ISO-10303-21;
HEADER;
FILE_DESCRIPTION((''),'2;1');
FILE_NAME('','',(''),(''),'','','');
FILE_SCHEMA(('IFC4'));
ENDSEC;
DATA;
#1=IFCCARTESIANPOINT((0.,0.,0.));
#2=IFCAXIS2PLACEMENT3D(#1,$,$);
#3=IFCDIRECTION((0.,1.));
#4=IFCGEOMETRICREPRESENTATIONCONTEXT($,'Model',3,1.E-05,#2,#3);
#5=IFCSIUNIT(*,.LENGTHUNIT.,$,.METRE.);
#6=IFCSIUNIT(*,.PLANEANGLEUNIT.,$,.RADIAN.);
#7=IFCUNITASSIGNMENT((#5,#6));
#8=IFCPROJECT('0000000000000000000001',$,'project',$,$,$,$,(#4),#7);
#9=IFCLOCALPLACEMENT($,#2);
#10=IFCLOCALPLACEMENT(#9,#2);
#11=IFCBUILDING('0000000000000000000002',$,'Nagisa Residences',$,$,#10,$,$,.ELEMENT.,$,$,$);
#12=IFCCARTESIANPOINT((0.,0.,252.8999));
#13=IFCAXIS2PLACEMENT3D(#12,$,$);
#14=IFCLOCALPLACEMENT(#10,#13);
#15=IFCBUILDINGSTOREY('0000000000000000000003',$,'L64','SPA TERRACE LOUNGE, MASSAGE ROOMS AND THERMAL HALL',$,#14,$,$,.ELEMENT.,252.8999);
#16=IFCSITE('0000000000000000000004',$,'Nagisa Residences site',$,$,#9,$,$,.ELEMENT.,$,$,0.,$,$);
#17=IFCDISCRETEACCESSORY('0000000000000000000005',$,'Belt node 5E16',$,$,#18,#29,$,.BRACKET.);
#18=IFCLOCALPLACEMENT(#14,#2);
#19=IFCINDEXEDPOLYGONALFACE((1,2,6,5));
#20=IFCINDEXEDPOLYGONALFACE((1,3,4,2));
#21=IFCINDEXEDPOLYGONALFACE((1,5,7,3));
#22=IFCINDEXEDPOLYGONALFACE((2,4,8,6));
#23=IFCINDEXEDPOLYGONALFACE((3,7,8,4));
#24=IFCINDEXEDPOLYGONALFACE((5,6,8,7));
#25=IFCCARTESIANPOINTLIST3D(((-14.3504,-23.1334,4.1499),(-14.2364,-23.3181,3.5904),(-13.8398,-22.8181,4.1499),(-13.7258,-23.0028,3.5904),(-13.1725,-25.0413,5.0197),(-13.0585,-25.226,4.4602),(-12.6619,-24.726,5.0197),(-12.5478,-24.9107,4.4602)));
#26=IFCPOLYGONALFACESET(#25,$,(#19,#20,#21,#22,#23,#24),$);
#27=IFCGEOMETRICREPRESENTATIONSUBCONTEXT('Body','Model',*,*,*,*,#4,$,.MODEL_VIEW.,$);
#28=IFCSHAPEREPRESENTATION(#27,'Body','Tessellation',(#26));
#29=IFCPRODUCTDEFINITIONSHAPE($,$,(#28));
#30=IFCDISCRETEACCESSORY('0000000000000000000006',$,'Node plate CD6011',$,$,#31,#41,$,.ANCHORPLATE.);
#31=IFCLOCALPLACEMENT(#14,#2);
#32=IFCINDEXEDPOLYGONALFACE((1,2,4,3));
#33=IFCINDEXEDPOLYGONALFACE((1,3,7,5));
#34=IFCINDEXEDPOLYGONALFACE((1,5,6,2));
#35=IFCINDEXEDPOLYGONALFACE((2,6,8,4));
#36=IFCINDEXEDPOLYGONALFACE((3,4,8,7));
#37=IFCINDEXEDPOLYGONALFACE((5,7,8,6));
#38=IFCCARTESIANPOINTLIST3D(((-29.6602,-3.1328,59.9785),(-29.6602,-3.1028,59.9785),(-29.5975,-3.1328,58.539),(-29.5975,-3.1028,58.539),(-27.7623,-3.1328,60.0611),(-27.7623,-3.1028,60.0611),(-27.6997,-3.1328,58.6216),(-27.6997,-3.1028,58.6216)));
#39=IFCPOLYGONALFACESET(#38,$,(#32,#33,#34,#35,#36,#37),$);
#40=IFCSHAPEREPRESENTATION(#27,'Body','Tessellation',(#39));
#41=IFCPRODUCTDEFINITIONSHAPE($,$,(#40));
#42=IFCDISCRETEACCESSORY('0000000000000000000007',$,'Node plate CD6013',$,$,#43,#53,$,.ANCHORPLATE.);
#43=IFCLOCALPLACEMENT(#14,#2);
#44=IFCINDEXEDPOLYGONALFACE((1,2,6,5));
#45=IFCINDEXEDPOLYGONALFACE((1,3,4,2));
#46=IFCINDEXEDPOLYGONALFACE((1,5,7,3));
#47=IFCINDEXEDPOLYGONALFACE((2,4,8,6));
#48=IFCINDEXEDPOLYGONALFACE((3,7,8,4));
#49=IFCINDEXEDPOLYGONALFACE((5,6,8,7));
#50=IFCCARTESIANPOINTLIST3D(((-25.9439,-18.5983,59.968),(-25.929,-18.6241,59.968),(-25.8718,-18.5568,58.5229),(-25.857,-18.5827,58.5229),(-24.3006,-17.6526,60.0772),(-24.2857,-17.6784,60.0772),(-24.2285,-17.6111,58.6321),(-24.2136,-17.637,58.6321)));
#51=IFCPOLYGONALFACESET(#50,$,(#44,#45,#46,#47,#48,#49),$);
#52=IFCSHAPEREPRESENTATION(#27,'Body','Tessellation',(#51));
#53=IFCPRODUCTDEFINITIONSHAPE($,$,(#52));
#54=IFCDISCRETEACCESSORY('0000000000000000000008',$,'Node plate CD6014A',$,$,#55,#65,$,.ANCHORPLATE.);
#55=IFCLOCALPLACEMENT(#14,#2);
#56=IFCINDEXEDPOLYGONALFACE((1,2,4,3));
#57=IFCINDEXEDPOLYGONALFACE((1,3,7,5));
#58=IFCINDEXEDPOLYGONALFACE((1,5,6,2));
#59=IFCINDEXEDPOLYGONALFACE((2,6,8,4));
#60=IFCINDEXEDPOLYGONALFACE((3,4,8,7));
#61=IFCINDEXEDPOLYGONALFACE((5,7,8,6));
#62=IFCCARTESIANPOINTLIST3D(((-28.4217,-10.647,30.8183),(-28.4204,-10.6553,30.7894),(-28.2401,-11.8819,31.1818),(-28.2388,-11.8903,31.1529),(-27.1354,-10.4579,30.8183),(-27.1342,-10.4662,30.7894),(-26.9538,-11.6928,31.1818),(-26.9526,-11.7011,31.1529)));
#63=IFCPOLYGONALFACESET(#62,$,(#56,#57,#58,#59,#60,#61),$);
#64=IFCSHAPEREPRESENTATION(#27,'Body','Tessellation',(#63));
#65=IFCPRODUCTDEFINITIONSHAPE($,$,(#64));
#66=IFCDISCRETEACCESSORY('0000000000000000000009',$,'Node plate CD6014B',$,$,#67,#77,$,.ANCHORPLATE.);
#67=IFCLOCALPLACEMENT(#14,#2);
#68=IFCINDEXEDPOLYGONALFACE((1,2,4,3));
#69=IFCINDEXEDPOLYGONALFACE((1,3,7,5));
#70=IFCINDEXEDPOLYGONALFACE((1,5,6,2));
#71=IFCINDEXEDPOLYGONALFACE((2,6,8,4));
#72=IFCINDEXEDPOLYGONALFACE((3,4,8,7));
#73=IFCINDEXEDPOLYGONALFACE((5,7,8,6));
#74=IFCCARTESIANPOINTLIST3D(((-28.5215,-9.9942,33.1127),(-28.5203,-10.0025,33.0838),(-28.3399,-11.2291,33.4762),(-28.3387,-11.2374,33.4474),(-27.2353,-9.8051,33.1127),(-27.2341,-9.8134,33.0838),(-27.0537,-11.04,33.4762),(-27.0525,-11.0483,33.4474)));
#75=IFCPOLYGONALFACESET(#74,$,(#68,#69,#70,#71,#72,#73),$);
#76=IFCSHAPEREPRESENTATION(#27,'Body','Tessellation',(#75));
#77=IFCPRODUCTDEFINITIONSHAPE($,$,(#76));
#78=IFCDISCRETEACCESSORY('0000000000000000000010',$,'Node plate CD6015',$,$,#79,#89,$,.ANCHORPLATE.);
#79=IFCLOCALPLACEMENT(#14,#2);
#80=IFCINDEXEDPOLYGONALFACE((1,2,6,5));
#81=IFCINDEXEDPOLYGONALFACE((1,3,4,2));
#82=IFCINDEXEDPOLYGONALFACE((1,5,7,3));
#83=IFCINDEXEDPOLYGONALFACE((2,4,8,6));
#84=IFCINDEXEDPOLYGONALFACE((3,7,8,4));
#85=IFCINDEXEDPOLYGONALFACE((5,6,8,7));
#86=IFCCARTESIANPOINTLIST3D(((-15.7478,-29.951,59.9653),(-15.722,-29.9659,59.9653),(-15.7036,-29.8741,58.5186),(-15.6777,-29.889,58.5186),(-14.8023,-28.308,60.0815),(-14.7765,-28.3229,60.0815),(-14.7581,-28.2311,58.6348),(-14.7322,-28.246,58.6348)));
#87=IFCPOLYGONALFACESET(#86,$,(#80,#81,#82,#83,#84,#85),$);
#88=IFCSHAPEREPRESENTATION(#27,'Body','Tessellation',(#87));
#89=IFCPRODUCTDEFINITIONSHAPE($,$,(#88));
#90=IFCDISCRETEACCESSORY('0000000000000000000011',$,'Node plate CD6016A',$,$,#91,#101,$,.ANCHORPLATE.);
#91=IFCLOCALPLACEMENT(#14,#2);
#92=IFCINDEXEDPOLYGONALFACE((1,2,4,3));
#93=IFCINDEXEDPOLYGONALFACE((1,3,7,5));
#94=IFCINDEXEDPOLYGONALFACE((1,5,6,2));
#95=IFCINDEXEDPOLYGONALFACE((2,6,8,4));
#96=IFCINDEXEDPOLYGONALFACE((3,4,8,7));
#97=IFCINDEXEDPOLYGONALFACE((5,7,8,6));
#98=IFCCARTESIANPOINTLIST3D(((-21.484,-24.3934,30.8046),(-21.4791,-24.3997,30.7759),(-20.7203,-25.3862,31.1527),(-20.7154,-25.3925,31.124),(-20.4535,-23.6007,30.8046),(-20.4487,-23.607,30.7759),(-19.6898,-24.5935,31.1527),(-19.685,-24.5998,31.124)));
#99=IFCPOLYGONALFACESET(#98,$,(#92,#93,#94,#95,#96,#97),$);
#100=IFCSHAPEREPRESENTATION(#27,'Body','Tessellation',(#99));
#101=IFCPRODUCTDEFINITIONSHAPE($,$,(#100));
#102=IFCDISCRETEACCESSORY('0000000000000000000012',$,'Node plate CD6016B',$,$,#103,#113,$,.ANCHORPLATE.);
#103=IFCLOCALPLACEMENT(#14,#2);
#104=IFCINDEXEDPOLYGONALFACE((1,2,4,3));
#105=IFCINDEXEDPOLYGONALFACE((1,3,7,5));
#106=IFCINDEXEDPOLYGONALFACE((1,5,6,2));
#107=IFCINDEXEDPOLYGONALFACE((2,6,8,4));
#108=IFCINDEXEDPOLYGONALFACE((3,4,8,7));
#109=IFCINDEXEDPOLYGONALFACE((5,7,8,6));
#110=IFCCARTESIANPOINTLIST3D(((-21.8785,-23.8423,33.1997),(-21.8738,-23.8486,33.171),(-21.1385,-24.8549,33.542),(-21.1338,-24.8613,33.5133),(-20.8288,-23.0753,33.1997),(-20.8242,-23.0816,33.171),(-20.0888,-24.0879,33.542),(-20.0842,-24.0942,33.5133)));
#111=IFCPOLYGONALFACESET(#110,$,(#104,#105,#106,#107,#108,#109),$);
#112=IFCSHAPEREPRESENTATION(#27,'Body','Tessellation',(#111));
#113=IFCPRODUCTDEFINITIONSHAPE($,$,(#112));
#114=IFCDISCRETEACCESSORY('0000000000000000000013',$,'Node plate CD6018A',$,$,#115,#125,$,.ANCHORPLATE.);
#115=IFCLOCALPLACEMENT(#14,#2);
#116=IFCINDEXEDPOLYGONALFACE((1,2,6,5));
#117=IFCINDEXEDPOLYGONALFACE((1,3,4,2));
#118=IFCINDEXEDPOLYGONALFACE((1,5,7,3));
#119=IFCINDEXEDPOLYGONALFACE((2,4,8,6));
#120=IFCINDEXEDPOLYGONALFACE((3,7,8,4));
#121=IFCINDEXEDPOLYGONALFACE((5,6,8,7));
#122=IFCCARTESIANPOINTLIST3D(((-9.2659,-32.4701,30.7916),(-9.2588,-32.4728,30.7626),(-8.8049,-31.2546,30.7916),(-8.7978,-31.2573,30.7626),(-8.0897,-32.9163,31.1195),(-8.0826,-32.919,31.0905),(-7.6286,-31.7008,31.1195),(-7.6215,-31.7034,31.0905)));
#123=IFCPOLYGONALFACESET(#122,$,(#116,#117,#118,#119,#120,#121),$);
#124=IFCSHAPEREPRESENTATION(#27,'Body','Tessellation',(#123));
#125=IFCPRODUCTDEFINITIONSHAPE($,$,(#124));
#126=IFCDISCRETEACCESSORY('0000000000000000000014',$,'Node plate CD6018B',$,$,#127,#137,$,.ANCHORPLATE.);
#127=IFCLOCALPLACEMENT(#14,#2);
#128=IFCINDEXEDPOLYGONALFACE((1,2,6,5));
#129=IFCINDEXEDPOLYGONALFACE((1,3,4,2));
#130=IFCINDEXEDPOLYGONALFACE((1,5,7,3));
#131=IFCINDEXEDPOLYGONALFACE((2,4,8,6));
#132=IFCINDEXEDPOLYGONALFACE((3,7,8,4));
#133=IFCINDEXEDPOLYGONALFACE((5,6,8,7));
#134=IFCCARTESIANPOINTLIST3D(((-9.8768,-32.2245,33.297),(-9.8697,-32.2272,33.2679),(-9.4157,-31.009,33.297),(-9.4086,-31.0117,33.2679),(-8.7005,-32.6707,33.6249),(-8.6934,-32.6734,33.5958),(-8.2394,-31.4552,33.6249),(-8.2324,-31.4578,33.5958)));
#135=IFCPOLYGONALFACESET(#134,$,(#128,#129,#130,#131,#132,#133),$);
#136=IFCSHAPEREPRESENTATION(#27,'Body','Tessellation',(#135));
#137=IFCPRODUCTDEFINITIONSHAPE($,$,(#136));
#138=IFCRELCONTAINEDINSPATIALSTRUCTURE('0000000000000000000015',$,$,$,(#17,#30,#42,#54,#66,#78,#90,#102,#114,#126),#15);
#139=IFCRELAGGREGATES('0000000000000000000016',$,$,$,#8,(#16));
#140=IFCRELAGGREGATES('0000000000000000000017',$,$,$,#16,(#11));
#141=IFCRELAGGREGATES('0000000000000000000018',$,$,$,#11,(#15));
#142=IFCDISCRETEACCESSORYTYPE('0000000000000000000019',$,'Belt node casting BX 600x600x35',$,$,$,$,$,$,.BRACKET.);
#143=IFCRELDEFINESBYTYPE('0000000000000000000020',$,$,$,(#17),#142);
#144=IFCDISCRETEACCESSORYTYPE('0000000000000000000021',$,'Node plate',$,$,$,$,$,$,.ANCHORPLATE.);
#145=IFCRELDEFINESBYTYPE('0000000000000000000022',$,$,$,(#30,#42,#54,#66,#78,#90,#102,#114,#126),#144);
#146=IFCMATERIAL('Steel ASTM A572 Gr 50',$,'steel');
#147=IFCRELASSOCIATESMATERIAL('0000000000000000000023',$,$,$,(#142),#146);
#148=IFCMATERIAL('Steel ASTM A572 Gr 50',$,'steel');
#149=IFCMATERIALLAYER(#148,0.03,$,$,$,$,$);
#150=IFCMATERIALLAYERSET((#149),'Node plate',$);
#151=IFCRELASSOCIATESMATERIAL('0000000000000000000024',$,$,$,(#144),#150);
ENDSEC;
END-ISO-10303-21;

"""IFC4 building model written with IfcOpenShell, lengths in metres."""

from ifc_helpers import new_model, si_unit, direction, frame, origin, origin_2d, place, context, subcontext, project, spatial, rectangle, extrude, material, layer, layer_set, type_object, element, save


model = new_model("IFC4")

# Units and contexts
model_context = context("Model", 3, precision=1e-05, world=origin(), true_north=direction((0.0, 1.0)))
body_context = subcontext(model_context, "Body", "Model", "MODEL_VIEW")
ifc_project = project(units=[si_unit("LENGTHUNIT", "METRE"), si_unit("PLANEANGLEUNIT", "RADIAN")], contexts=[model_context])

# Site, building, storey
site_placement = place(None, origin())
site = spatial("IfcSite", under=ifc_project, at=site_placement, Name="Nagisa Residences site", CompositionType="ELEMENT", RefElevation=0.0)
building_placement = place(site_placement, origin())
building = spatial("IfcBuilding", under=site, at=building_placement, Name="Nagisa Residences", CompositionType="ELEMENT")
storey_placement = place(building_placement, frame((0.0, 0.0, 252.8999)))
storey = spatial("IfcBuildingStorey", under=building, at=storey_placement, Name="L64", Description="SPA TERRACE LOUNGE, MASSAGE ROOMS AND THERMAL HALL", CompositionType="ELEMENT", Elevation=252.8999)

# Discrete accessories
ifc_material_1 = material(Name="Steel ASTM A572 Gr 50", Category="steel")
discrete_accessory_type_1 = type_object("IfcDiscreteAccessoryType", Name="Belt node casting BX 600x600x35", PredefinedType="BRACKET", material=ifc_material_1)
discrete_accessory_1_placement = place(storey_placement, frame((-14.0381, -23.0681, 3.8701), z_axis=(0.489779, -0.793289, 0.361675), x_axis=(0.850891, 0.525342, 0.0)))
element("IfcDiscreteAccessory", 1, at=discrete_accessory_1_placement, inside=storey, type_object=discrete_accessory_type_1, Name="Belt node 5E16", PredefinedType="BRACKET", context=body_context, shape_type="SweptSolid", body=[
    extrude(rectangle(XDim=0.6001, YDim=0.6001, at=origin_2d()), origin(), (0.0, 0.0, 1.0), 2.405),
])
ifc_material_2 = material(Name="Steel ASTM A572 Gr 50", Category="steel")
ifc_layer = layer(ifc_material_2, 0.03)
ifc_layer_set = layer_set([ifc_layer], Name="Node plate")
discrete_accessory_type_2 = type_object("IfcDiscreteAccessoryType", Name="Node plate", PredefinedType="ANCHORPLATE", material=ifc_layer_set)
discrete_accessory_2_placement = place(storey_placement, frame((-28.6799, -3.1028, 59.3), z_axis=(0.0, -1.0, 0.0), x_axis=(0.043501, 0.0, -0.999053)))
element("IfcDiscreteAccessory", 2, at=discrete_accessory_2_placement, inside=storey, type_object=discrete_accessory_type_2, Name="Node plate CD6011", PredefinedType="ANCHORPLATE", context=body_context, shape_type="SweptSolid", body=[
    extrude(rectangle(XDim=1.4409, YDim=1.8997, at=origin_2d()), origin(), (0.0, 0.0, 1.0), 0.03),
])
discrete_accessory_3_placement = place(storey_placement, frame((-25.0862, -18.1047, 59.3), z_axis=(0.498778, -0.86673, 0.0), x_axis=(0.049803, 0.02866, -0.998348)))
element("IfcDiscreteAccessory", 3, at=discrete_accessory_3_placement, inside=storey, type_object=discrete_accessory_type_2, Name="Node plate CD6013", PredefinedType="ANCHORPLATE", context=body_context, shape_type="SweptSolid", body=[
    extrude(rectangle(XDim=1.4475, YDim=1.8992, at=origin_2d()), origin(), (0.0, 0.0, 1.0), 0.0298),
])
for number, where, z_axis, x_axis, name in (
    (4, (-27.6865, -11.1782, 30.9712), (-0.040683, 0.276642, 0.960111), (-0.989359, -0.145494, 0.0), "Node plate CD6014A"),
    (5, (-27.7876, -10.5171, 33.2944), (0.040683, -0.276642, -0.960111), (0.989359, 0.145494, 0.0), "Node plate CD6014B"),
):
    element("IfcDiscreteAccessory", number, at=place(storey_placement, frame(where, z_axis=z_axis, x_axis=x_axis)), inside=storey, type_object=discrete_accessory_type_2, Name=name, PredefinedType="ANCHORPLATE", context=body_context, shape_type="SweptSolid", body=[
        extrude(rectangle(XDim=1.3, YDim=1.3, at=origin_2d()), origin(), (0.0, 0.0, 1.0), 0.03),
    ])
discrete_accessory_4_placement = place(storey_placement, frame((-15.2529, -29.0911, 59.3), z_axis=(0.86673, -0.498778, 0.0), x_axis=(0.030523, 0.053041, -0.998126)))
element("IfcDiscreteAccessory", 6, at=discrete_accessory_4_placement, inside=storey, type_object=discrete_accessory_type_2, Name="Node plate CD6015", PredefinedType="ANCHORPLATE", context=body_context, shape_type="SweptSolid", body=[
    extrude(rectangle(XDim=1.4495, YDim=1.8992, at=origin_2d()), origin(), (0.0, 0.0, 1.0), 0.0298),
])
for number, where, z_axis, x_axis, name in (
    (7, (-20.582, -24.4998, 30.95), (-0.163299, 0.212289, 0.963466), (-0.792624, -0.609711, 0.0), "Node plate CD6016A"),
    (8, (-20.9836, -23.9651, 33.3708), (0.155336, -0.212566, -0.964721), (0.807391, 0.590017, 0.0), "Node plate CD6016B"),
):
    element("IfcDiscreteAccessory", number, at=place(storey_placement, frame(where, z_axis=z_axis, x_axis=x_axis)), inside=storey, type_object=discrete_accessory_type_2, Name=name, PredefinedType="ANCHORPLATE", context=body_context, shape_type="SweptSolid", body=[
        extrude(rectangle(XDim=1.3, YDim=1.3, at=origin_2d()), origin(), (0.0, 0.0, 1.0), 0.0298),
    ])
for number, where, z_axis, x_axis, name in (
    (9, (-8.4402, -32.0881, 30.9265), (-0.235819, 0.089449, 0.967672), (-0.354654, -0.934998, 0.0), "Node plate CD6018A"),
    (10, (-9.0581, -31.8398, 33.4609), (0.235819, -0.089449, -0.967672), (0.354654, 0.934998, 0.0), "Node plate CD6018B"),
):
    element("IfcDiscreteAccessory", number, at=place(storey_placement, frame(where, z_axis=z_axis, x_axis=x_axis)), inside=storey, type_object=discrete_accessory_type_2, Name=name, PredefinedType="ANCHORPLATE", context=body_context, shape_type="SweptSolid", body=[
        extrude(rectangle(XDim=1.3, YDim=1.3, at=origin_2d()), origin(), (0.0, 0.0, 1.0), 0.03),
    ])

save(model, "model.ifc")
